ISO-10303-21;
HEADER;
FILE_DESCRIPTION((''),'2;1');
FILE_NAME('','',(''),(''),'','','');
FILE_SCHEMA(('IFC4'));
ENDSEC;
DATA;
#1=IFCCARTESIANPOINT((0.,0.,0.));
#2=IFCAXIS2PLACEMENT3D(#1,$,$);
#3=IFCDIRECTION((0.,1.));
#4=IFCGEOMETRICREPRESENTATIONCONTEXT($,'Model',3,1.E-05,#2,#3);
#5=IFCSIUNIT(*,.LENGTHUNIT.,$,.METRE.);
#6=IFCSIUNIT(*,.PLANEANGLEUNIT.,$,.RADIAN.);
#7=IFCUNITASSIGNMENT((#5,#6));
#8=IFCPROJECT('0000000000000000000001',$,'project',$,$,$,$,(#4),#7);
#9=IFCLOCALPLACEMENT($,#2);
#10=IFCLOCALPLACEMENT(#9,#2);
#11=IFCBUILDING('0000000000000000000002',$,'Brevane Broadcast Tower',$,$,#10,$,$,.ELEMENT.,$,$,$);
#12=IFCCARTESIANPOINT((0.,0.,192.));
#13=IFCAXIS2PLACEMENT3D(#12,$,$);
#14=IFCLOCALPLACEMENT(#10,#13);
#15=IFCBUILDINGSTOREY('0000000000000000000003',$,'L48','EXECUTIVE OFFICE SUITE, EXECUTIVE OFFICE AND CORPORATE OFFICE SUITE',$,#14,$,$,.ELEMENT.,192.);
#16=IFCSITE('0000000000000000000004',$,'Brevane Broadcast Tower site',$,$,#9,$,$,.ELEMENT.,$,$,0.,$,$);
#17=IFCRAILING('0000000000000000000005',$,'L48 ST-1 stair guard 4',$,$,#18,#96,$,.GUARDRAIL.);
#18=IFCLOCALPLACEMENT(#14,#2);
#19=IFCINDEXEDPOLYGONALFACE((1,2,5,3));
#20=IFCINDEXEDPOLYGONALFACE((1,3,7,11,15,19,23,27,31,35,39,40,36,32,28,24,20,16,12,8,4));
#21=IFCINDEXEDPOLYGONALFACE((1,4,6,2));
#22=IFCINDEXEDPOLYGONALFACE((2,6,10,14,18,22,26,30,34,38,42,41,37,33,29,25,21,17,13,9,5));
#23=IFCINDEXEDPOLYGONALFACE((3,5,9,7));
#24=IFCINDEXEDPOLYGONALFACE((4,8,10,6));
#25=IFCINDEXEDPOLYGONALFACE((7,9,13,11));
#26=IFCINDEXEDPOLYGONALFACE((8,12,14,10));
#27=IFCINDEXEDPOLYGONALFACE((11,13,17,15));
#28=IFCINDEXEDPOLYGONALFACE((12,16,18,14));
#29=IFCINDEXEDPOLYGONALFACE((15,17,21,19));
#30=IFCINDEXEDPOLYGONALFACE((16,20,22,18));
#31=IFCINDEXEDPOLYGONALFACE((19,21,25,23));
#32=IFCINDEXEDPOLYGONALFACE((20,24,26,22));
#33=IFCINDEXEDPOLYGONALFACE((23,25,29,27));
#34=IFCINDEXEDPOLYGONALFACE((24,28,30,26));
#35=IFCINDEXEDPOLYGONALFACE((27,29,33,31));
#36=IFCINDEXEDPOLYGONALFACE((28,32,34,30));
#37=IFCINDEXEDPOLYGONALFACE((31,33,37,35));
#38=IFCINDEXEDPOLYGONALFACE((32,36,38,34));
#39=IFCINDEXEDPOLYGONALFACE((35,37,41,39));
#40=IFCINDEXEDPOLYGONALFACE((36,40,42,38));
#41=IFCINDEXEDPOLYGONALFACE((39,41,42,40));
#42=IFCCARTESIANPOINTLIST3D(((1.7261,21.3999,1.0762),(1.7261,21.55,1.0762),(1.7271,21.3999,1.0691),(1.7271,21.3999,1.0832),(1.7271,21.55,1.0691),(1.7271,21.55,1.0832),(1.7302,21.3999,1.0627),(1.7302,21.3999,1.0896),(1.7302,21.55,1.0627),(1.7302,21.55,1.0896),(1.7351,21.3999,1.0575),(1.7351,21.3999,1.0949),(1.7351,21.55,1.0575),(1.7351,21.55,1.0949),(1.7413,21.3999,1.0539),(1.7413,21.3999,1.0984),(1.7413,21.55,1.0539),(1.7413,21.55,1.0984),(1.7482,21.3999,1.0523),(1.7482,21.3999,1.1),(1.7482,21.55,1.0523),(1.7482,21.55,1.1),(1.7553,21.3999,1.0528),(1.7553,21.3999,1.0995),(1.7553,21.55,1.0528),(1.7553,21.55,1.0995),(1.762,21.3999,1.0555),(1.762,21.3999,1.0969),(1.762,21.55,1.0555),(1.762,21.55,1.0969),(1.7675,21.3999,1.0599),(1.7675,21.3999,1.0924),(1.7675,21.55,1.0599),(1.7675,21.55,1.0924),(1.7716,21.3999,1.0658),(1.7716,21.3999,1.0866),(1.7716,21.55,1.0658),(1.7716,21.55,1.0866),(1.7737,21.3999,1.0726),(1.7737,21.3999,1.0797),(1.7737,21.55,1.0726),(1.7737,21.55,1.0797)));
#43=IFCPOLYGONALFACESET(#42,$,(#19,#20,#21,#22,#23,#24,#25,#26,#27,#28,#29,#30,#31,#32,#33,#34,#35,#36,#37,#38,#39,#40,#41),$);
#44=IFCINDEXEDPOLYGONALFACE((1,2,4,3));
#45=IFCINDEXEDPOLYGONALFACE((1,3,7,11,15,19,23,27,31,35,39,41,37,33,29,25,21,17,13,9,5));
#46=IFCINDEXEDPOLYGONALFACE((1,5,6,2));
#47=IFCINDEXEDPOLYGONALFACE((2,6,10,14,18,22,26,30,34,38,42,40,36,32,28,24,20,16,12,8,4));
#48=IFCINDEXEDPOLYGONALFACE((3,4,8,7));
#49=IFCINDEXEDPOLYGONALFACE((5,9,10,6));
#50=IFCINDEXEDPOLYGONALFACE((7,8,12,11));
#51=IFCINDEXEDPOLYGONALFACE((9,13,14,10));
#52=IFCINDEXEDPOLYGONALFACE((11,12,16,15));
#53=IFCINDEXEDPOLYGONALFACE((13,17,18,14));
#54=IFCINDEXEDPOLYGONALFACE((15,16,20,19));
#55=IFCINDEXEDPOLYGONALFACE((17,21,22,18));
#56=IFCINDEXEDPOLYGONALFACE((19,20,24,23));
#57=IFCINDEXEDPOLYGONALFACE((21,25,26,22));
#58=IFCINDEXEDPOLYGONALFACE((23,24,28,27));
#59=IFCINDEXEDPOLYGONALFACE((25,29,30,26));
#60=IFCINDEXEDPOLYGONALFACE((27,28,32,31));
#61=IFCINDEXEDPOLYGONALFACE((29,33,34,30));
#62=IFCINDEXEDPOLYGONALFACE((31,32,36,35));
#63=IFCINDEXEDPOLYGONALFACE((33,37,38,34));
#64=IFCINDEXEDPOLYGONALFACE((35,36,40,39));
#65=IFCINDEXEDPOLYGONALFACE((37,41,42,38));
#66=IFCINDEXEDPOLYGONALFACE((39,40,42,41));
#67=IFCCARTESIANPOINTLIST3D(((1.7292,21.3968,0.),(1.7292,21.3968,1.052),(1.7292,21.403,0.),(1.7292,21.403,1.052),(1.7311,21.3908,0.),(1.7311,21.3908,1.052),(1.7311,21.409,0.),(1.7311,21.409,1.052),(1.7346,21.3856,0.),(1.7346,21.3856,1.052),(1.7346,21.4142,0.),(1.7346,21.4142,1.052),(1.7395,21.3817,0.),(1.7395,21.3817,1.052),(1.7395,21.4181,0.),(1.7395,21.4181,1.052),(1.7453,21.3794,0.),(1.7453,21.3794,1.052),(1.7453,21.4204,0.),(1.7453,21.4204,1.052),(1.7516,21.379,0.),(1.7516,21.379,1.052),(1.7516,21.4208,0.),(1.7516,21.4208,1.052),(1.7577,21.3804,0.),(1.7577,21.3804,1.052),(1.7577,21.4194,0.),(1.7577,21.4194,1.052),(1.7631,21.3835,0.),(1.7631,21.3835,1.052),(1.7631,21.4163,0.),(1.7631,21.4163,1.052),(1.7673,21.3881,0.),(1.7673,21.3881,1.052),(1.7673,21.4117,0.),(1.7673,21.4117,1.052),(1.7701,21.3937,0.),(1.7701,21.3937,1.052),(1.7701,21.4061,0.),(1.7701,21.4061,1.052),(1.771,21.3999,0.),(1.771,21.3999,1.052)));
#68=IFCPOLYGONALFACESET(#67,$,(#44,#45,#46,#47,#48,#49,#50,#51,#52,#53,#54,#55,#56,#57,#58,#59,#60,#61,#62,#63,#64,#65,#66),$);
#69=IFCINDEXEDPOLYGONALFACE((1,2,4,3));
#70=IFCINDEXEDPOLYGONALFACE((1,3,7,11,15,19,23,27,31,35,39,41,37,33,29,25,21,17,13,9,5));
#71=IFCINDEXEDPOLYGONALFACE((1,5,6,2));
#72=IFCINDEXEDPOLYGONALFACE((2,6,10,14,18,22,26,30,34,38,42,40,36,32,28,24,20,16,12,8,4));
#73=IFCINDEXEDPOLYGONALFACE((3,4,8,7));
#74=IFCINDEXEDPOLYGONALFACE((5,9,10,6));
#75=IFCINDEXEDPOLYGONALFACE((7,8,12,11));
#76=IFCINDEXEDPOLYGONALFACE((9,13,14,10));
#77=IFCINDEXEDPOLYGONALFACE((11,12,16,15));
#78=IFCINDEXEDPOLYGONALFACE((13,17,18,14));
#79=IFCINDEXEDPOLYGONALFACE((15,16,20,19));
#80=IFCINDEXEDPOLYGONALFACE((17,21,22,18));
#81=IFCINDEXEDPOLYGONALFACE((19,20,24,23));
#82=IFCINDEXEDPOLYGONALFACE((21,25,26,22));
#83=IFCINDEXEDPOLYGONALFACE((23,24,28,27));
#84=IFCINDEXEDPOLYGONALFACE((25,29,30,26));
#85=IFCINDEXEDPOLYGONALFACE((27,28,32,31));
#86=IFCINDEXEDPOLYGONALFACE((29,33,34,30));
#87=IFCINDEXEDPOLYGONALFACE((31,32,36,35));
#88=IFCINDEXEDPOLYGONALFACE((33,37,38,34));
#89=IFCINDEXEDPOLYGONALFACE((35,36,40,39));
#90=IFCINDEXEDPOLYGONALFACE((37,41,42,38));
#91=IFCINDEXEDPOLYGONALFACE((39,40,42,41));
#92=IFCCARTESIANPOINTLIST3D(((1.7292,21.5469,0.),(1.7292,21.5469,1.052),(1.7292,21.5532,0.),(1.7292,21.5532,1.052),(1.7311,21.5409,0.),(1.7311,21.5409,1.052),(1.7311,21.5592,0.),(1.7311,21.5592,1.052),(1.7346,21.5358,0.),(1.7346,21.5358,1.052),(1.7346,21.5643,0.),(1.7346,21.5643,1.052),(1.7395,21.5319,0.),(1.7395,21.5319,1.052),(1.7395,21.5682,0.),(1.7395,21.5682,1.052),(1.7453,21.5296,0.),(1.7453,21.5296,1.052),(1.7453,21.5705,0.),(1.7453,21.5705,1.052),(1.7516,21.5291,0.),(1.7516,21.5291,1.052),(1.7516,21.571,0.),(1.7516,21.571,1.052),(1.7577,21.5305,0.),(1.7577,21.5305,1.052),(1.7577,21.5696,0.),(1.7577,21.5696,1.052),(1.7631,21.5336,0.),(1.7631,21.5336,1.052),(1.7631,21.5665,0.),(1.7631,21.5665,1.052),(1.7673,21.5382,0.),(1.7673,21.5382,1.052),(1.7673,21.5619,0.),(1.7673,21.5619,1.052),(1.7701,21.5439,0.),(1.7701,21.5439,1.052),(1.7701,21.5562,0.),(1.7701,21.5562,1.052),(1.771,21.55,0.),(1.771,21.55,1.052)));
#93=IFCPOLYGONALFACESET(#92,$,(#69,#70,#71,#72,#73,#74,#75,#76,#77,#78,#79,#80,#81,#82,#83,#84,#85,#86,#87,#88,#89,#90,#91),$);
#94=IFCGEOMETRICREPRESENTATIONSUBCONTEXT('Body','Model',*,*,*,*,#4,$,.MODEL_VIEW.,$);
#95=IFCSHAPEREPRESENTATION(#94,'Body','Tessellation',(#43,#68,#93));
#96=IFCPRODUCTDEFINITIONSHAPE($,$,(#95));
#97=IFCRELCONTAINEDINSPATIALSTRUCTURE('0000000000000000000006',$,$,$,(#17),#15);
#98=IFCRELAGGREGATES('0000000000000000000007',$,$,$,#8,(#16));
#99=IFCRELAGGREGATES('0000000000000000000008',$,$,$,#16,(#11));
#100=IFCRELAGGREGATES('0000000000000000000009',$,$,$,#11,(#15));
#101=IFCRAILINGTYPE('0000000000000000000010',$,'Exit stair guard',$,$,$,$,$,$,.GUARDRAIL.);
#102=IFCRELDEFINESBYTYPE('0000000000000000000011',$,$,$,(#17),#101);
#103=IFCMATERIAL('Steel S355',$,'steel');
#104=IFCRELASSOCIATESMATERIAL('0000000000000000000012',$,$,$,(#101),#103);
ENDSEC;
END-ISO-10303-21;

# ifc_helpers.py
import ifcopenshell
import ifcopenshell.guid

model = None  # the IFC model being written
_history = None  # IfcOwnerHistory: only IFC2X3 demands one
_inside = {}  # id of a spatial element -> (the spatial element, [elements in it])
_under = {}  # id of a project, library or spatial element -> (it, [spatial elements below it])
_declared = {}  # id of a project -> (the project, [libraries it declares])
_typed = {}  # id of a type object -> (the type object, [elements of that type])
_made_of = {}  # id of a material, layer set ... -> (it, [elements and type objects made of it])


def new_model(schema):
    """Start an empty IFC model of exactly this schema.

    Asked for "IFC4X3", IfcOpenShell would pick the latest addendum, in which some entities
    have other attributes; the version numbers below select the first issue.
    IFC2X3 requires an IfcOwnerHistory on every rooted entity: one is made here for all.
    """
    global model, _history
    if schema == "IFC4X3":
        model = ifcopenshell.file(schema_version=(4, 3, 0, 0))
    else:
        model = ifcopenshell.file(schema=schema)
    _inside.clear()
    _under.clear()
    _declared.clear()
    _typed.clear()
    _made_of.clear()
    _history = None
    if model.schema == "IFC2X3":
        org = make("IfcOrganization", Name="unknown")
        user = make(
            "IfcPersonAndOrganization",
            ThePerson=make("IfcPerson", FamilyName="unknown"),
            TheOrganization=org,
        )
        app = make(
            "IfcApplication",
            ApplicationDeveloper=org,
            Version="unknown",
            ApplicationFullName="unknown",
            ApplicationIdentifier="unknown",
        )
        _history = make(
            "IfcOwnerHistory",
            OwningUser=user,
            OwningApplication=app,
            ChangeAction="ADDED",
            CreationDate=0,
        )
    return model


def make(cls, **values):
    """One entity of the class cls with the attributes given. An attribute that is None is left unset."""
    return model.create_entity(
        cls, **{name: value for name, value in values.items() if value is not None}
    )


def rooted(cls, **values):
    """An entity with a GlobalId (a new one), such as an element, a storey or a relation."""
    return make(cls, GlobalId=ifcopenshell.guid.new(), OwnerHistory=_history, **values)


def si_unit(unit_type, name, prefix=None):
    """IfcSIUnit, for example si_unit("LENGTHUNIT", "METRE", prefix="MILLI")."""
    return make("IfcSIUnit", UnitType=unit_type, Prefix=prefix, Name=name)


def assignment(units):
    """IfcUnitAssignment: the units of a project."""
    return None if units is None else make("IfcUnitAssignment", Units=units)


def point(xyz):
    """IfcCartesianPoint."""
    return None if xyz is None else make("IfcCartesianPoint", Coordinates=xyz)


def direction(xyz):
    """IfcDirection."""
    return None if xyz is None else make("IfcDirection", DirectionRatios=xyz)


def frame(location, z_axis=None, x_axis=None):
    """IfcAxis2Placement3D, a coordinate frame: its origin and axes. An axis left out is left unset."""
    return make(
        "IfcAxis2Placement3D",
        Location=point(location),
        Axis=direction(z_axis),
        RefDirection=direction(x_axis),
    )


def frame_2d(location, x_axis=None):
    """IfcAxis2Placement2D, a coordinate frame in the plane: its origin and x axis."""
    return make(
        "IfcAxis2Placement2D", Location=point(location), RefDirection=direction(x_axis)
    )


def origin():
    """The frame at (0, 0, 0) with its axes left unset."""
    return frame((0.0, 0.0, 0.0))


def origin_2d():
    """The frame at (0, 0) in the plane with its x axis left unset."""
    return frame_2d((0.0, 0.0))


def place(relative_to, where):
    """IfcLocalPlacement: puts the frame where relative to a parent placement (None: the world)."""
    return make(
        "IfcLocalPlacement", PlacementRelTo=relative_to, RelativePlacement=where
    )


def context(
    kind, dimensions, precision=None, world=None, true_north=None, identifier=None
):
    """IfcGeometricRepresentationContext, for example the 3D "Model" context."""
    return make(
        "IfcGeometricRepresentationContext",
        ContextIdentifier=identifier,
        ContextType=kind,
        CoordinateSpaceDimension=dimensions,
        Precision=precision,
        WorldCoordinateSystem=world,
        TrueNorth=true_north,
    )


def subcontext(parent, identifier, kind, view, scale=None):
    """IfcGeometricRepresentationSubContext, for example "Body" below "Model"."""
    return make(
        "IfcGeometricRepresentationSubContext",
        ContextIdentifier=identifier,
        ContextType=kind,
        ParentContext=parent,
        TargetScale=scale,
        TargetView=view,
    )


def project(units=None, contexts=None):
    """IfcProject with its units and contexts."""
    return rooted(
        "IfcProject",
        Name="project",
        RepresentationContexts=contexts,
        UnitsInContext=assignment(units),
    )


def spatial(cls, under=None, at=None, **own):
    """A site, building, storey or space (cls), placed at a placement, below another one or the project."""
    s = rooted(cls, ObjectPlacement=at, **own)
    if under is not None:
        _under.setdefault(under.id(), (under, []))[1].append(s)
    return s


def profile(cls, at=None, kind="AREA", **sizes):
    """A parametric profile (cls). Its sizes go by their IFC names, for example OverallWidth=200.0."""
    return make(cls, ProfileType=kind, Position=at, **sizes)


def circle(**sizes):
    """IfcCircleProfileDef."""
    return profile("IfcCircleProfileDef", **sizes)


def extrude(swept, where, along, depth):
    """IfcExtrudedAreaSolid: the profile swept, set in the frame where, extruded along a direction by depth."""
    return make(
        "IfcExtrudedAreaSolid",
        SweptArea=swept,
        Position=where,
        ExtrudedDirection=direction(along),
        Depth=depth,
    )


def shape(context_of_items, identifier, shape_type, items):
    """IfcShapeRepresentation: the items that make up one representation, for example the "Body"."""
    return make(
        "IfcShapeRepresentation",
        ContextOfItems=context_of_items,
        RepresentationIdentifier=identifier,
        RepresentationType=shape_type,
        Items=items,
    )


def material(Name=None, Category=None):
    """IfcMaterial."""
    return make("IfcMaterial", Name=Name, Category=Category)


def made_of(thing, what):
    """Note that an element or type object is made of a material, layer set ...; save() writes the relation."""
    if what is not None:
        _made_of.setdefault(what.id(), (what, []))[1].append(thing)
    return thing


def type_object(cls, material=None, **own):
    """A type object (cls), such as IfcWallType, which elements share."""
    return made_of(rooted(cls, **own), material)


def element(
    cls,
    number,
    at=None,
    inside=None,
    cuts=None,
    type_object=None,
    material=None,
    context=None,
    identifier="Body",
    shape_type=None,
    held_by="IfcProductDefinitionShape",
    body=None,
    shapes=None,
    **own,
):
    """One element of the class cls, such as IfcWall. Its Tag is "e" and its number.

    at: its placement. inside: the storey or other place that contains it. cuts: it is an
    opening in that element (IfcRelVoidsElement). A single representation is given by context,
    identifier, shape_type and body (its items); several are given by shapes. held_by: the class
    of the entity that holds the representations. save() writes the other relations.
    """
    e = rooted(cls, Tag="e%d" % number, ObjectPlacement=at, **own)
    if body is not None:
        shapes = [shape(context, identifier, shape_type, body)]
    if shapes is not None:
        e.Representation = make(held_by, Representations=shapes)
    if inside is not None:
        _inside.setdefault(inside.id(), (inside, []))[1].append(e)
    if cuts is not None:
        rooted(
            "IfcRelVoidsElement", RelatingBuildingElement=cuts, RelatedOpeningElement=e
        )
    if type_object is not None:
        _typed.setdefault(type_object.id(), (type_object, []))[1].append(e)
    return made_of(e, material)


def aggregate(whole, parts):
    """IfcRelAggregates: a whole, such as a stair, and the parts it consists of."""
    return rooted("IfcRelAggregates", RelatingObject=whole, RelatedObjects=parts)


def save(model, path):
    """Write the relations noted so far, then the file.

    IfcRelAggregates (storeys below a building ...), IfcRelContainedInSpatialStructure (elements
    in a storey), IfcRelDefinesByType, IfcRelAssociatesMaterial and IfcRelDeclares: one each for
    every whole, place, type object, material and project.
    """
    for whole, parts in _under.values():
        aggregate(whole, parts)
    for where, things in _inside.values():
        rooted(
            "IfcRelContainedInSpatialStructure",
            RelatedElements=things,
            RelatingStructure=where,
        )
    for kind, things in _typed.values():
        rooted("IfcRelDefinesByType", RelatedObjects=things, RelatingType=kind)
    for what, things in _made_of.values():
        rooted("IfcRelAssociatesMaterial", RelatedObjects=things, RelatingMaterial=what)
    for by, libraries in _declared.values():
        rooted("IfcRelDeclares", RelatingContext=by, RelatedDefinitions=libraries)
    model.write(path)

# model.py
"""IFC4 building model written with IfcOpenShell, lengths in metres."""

from ifc_helpers import new_model, si_unit, direction, frame, origin, origin_2d, place, context, subcontext, project, spatial, circle, extrude, material, type_object, element, save


model = new_model("IFC4")

# Units and contexts
model_context = context("Model", 3, precision=1e-05, world=origin(), true_north=direction((0.0, 1.0)))
body_context = subcontext(model_context, "Body", "Model", "MODEL_VIEW")
ifc_project = project(units=[si_unit("LENGTHUNIT", "METRE"), si_unit("PLANEANGLEUNIT", "RADIAN")], contexts=[model_context])

# Site, building, storey
site_placement = place(None, origin())
site = spatial("IfcSite", under=ifc_project, at=site_placement, Name="Brevane Broadcast Tower site", CompositionType="ELEMENT", RefElevation=0.0)
building_placement = place(site_placement, origin())
building = spatial("IfcBuilding", under=site, at=building_placement, Name="Brevane Broadcast Tower", CompositionType="ELEMENT")
storey_placement = place(building_placement, frame((0.0, 0.0, 192.0)))
storey = spatial("IfcBuildingStorey", under=building, at=storey_placement, Name="L48", Description="EXECUTIVE OFFICE SUITE, EXECUTIVE OFFICE AND CORPORATE OFFICE SUITE", CompositionType="ELEMENT", Elevation=192.0)

# Railing
ifc_material_1 = material(Name="Steel S355", Category="steel")
railing_type_1 = type_object("IfcRailingType", Name="Exit stair guard", PredefinedType="GUARDRAIL", material=ifc_material_1)
railing_1_placement = place(storey_placement, frame((1.75, 21.3999, 0.0)))
element("IfcRailing", 1, at=railing_1_placement, inside=storey, type_object=railing_type_1, Name="L48 ST-1 stair guard 4", PredefinedType="GUARDRAIL", context=body_context, shape_type="SweptSolid", body=[
    extrude(circle(Radius=0.0239, at=origin_2d()), frame((0.0, 0.0, 1.0762), z_axis=(0.0, 1.0, 0.0), x_axis=(-1.0, 0.0, 0.0)), (0.0, 0.0, 1.0), 0.1501),
    extrude(circle(Radius=0.021, at=origin_2d()), origin(), (0.0, 0.0, 1.0), 1.052),
    extrude(circle(Radius=0.021, at=origin_2d()), frame((0.0, 0.1501, 0.0)), (0.0, 0.0, 1.0), 1.052),
])

save(model, "model.ifc")
